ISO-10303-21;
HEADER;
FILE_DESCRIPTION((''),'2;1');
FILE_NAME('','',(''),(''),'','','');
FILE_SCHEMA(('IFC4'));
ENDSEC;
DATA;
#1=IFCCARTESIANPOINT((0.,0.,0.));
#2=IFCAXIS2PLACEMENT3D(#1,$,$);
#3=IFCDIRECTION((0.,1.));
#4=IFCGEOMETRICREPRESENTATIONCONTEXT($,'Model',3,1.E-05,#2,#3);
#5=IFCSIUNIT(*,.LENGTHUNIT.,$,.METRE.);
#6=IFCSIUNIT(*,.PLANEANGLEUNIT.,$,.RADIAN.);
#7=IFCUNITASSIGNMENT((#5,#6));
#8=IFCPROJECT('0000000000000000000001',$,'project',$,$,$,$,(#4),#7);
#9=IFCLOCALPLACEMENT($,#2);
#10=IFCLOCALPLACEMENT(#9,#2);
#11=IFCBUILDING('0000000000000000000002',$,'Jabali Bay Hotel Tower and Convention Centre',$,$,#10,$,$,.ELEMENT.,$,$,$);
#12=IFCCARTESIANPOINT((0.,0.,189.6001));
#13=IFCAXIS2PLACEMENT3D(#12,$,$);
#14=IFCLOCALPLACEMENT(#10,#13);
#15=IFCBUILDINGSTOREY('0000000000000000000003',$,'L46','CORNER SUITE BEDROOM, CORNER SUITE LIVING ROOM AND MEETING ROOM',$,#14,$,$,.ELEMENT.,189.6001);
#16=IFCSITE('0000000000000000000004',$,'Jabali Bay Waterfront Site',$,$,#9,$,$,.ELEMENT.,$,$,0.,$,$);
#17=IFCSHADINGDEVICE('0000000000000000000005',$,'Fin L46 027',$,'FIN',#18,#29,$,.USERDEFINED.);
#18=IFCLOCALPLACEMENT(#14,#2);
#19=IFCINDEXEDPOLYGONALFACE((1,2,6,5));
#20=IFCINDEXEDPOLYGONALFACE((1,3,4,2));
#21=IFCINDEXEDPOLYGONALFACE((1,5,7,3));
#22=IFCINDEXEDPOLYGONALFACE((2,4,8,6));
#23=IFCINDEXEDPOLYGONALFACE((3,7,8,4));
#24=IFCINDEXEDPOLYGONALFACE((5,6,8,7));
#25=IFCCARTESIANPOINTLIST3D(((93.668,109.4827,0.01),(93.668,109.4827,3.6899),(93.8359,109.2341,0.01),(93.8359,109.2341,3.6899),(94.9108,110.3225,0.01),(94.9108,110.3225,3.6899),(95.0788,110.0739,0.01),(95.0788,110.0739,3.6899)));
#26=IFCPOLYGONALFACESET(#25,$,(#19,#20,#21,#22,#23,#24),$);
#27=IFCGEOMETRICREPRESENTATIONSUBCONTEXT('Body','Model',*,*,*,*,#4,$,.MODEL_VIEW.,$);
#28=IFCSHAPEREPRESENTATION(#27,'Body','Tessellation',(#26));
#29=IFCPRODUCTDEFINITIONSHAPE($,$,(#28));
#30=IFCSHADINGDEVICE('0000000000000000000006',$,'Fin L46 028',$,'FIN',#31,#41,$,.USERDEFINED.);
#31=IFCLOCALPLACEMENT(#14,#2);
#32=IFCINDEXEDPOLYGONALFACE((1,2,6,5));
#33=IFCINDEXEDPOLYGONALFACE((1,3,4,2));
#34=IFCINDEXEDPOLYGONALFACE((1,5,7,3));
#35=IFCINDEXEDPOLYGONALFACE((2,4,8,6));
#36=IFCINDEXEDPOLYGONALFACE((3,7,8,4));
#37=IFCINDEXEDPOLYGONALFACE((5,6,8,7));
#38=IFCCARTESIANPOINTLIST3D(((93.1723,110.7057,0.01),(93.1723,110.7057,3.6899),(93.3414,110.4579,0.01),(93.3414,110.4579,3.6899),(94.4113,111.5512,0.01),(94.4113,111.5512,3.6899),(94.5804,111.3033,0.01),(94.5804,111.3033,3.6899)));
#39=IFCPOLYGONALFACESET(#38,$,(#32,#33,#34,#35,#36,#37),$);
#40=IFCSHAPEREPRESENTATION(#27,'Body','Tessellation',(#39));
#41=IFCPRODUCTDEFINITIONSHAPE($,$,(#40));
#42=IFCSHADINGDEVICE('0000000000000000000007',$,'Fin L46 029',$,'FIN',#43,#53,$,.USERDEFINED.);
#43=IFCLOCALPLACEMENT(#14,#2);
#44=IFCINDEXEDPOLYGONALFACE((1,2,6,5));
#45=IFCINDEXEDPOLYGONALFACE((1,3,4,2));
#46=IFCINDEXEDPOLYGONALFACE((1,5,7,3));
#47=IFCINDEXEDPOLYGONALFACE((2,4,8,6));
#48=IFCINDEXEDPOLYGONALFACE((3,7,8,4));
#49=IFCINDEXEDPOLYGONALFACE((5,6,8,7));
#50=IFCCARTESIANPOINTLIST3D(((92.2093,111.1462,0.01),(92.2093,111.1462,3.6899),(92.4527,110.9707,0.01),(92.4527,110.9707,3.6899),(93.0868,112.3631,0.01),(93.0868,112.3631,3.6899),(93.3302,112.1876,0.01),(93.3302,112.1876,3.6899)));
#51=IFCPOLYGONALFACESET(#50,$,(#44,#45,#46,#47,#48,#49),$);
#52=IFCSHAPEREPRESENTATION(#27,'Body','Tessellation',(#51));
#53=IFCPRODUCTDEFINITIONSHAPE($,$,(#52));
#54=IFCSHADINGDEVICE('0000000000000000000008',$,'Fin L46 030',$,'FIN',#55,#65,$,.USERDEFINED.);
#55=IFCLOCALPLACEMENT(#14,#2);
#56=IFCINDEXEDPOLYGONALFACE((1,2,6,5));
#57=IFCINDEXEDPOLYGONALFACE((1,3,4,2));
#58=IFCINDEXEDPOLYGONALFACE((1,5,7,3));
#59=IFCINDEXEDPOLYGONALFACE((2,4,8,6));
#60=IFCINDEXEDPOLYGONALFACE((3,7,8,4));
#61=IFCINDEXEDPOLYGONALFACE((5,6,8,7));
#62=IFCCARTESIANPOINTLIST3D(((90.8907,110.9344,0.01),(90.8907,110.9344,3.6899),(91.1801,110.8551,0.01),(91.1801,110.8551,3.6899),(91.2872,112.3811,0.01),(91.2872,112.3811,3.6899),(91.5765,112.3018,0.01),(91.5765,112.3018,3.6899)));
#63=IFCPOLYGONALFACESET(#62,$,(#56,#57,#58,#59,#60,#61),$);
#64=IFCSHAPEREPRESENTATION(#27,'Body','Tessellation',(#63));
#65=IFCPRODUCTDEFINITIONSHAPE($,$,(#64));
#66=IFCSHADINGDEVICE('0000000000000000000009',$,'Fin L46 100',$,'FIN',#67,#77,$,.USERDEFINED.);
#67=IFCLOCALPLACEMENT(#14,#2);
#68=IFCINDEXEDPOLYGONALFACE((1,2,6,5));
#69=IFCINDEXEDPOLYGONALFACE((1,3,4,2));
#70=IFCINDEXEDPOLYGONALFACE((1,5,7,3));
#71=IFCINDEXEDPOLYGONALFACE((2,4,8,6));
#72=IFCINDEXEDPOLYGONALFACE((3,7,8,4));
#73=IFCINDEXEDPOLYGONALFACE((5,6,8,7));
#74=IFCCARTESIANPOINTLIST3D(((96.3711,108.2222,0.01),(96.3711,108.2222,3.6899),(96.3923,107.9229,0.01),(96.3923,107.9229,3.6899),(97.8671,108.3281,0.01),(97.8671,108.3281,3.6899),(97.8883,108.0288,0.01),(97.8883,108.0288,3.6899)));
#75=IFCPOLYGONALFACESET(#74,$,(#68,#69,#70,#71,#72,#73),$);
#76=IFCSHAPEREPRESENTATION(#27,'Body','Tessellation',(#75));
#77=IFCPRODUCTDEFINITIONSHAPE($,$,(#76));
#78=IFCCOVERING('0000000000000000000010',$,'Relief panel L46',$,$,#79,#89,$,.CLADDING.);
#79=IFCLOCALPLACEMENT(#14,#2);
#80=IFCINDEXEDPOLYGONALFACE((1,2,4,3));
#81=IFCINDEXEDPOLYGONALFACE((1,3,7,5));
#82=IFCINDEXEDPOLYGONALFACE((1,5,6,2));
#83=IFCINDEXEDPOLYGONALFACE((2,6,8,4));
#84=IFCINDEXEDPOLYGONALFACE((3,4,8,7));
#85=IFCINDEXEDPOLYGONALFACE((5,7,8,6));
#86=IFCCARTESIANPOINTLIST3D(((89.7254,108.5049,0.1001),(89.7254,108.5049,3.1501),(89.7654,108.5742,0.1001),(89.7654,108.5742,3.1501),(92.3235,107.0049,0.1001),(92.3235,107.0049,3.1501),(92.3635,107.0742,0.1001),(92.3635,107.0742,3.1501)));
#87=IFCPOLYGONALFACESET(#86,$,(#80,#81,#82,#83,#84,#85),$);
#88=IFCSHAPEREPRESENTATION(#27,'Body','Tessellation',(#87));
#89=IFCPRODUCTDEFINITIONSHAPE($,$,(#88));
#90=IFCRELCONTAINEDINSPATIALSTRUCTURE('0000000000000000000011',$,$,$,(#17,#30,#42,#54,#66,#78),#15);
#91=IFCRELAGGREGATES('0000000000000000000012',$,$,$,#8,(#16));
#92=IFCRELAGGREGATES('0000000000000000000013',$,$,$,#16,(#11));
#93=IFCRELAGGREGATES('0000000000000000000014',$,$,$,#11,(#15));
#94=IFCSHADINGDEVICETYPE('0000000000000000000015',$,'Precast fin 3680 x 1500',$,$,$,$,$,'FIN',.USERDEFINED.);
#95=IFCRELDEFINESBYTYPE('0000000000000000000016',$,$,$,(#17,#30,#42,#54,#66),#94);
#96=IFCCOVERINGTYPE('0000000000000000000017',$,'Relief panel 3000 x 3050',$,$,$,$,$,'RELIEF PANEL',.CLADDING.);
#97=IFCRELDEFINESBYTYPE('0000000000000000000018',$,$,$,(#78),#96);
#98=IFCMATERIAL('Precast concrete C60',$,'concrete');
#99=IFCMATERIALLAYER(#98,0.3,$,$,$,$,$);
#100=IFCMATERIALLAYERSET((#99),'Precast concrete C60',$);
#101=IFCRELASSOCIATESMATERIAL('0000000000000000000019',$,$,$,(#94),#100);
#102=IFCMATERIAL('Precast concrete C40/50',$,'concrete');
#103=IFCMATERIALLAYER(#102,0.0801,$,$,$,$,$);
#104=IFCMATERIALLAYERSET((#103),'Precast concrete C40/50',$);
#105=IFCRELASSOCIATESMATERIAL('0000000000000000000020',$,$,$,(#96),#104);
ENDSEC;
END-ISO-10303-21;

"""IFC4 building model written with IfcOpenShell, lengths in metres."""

from ifc_helpers import new_model, si_unit, direction, frame, frame_2d, origin, origin_2d, place, context, subcontext, project, spatial, rectangle, extrude, material, layer, layer_set, type_object, element, save


model = new_model("IFC4")

# Units and contexts
model_context = context("Model", 3, precision=1e-05, world=origin(), true_north=direction((0.0, 1.0)))
body_context = subcontext(model_context, "Body", "Model", "MODEL_VIEW")
ifc_project = project(units=[si_unit("LENGTHUNIT", "METRE"), si_unit("PLANEANGLEUNIT", "RADIAN")], contexts=[model_context])

# Site, building, storey
site_placement = place(None, origin())
site = spatial("IfcSite", under=ifc_project, at=site_placement, Name="Jabali Bay Waterfront Site", CompositionType="ELEMENT", RefElevation=0.0)
building_placement = place(site_placement, origin())
building = spatial("IfcBuilding", under=site, at=building_placement, Name="Jabali Bay Hotel Tower and Convention Centre", CompositionType="ELEMENT")
storey_placement = place(building_placement, frame((0.0, 0.0, 189.6001)))
storey = spatial("IfcBuildingStorey", under=building, at=storey_placement, Name="L46", Description="CORNER SUITE BEDROOM, CORNER SUITE LIVING ROOM AND MEETING ROOM", CompositionType="ELEMENT", Elevation=189.6001)

# Shading devices
ifc_material_1 = material(Name="Precast concrete C60", Category="concrete")
ifc_layer_1 = layer(ifc_material_1, 0.3)
ifc_layer_set_1 = layer_set([ifc_layer_1], Name="Precast concrete C60")
shading_device_type = type_object("IfcShadingDeviceType", Name="Precast fin 3680 x 1500", ElementType="FIN", PredefinedType="USERDEFINED", material=ifc_layer_set_1)
for number, where, z_axis, x_axis, name in (
    (1, (93.752, 109.3584, 0.01), (0.0, 0.0, 1.0), (0.828579, 0.559873, 0.0), "Fin L46 027"),
    (2, (93.2568, 110.5818, 0.01), (0.0, 0.0, 1.0), (0.826017, 0.563645, 0.0), "Fin L46 028"),
):
    element("IfcShadingDevice", number, at=place(storey_placement, frame(where, z_axis=z_axis, x_axis=x_axis)), inside=storey, type_object=shading_device_type, Name=name, ObjectType="FIN", PredefinedType="USERDEFINED", context=body_context, shape_type="SweptSolid", body=[
        extrude(rectangle(XDim=1.5, YDim=0.3, at=frame_2d((0.75, 0.0))), origin(), (0.0, 0.0, 1.0), 3.6799),
    ])
shading_device_1_placement = place(storey_placement, frame((92.3311, 111.0586, 0.01), z_axis=(0.0, 0.0, 1.0), x_axis=(0.584896, 0.811108, 0.0)))
element("IfcShadingDevice", 3, at=shading_device_1_placement, inside=storey, type_object=shading_device_type, Name="Fin L46 029", ObjectType="FIN", PredefinedType="USERDEFINED", context=body_context, shape_type="SweptSolid", body=[
    extrude(rectangle(XDim=1.5002, YDim=0.3, at=frame_2d((0.75, 0.0))), origin(), (0.0, 0.0, 1.0), 3.6799),
])
shading_device_2_placement = place(storey_placement, frame((91.0354, 110.8948, 0.01), z_axis=(0.0, 0.0, 1.0), x_axis=(0.264302, 0.96444, 0.0)))
element("IfcShadingDevice", 4, at=shading_device_2_placement, inside=storey, type_object=shading_device_type, Name="Fin L46 030", ObjectType="FIN", PredefinedType="USERDEFINED", context=body_context, shape_type="SweptSolid", body=[
    extrude(rectangle(XDim=1.5, YDim=0.3, at=frame_2d((0.75, 0.0))), origin(), (0.0, 0.0, 1.0), 3.6799),
])
shading_device_3_placement = place(storey_placement, frame((96.3816, 108.0725, 0.01), z_axis=(0.0, 0.0, 1.0), x_axis=(0.997501, 0.070646, 0.0)))
element("IfcShadingDevice", 5, at=shading_device_3_placement, inside=storey, type_object=shading_device_type, Name="Fin L46 100", ObjectType="FIN", PredefinedType="USERDEFINED", context=body_context, shape_type="SweptSolid", body=[
    extrude(rectangle(XDim=1.4998, YDim=0.3, at=frame_2d((0.75, 0.0))), origin(), (0.0, 0.0, 1.0), 3.6799),
])

# Covering
ifc_material_2 = material(Name="Precast concrete C40/50", Category="concrete")
ifc_layer_2 = layer(ifc_material_2, 0.0801)
ifc_layer_set_2 = layer_set([ifc_layer_2], Name="Precast concrete C40/50")
covering_type = type_object("IfcCoveringType", Name="Relief panel 3000 x 3050", ElementType="RELIEF PANEL", PredefinedType="CLADDING", material=ifc_layer_set_2)
covering_placement = place(storey_placement, frame((91.0444, 107.7896, 0.1001), z_axis=(0.0, 0.0, 1.0), x_axis=(0.866025, -0.5, 0.0)))
element("IfcCovering", 6, at=covering_placement, inside=storey, type_object=covering_type, Name="Relief panel L46", PredefinedType="CLADDING", context=body_context, shape_type="SweptSolid", body=[
    extrude(rectangle(XDim=3.0, YDim=0.0801, at=origin_2d()), origin(), (0.0, 0.0, 1.0), 3.05),
])

save(model, "model.ifc")
